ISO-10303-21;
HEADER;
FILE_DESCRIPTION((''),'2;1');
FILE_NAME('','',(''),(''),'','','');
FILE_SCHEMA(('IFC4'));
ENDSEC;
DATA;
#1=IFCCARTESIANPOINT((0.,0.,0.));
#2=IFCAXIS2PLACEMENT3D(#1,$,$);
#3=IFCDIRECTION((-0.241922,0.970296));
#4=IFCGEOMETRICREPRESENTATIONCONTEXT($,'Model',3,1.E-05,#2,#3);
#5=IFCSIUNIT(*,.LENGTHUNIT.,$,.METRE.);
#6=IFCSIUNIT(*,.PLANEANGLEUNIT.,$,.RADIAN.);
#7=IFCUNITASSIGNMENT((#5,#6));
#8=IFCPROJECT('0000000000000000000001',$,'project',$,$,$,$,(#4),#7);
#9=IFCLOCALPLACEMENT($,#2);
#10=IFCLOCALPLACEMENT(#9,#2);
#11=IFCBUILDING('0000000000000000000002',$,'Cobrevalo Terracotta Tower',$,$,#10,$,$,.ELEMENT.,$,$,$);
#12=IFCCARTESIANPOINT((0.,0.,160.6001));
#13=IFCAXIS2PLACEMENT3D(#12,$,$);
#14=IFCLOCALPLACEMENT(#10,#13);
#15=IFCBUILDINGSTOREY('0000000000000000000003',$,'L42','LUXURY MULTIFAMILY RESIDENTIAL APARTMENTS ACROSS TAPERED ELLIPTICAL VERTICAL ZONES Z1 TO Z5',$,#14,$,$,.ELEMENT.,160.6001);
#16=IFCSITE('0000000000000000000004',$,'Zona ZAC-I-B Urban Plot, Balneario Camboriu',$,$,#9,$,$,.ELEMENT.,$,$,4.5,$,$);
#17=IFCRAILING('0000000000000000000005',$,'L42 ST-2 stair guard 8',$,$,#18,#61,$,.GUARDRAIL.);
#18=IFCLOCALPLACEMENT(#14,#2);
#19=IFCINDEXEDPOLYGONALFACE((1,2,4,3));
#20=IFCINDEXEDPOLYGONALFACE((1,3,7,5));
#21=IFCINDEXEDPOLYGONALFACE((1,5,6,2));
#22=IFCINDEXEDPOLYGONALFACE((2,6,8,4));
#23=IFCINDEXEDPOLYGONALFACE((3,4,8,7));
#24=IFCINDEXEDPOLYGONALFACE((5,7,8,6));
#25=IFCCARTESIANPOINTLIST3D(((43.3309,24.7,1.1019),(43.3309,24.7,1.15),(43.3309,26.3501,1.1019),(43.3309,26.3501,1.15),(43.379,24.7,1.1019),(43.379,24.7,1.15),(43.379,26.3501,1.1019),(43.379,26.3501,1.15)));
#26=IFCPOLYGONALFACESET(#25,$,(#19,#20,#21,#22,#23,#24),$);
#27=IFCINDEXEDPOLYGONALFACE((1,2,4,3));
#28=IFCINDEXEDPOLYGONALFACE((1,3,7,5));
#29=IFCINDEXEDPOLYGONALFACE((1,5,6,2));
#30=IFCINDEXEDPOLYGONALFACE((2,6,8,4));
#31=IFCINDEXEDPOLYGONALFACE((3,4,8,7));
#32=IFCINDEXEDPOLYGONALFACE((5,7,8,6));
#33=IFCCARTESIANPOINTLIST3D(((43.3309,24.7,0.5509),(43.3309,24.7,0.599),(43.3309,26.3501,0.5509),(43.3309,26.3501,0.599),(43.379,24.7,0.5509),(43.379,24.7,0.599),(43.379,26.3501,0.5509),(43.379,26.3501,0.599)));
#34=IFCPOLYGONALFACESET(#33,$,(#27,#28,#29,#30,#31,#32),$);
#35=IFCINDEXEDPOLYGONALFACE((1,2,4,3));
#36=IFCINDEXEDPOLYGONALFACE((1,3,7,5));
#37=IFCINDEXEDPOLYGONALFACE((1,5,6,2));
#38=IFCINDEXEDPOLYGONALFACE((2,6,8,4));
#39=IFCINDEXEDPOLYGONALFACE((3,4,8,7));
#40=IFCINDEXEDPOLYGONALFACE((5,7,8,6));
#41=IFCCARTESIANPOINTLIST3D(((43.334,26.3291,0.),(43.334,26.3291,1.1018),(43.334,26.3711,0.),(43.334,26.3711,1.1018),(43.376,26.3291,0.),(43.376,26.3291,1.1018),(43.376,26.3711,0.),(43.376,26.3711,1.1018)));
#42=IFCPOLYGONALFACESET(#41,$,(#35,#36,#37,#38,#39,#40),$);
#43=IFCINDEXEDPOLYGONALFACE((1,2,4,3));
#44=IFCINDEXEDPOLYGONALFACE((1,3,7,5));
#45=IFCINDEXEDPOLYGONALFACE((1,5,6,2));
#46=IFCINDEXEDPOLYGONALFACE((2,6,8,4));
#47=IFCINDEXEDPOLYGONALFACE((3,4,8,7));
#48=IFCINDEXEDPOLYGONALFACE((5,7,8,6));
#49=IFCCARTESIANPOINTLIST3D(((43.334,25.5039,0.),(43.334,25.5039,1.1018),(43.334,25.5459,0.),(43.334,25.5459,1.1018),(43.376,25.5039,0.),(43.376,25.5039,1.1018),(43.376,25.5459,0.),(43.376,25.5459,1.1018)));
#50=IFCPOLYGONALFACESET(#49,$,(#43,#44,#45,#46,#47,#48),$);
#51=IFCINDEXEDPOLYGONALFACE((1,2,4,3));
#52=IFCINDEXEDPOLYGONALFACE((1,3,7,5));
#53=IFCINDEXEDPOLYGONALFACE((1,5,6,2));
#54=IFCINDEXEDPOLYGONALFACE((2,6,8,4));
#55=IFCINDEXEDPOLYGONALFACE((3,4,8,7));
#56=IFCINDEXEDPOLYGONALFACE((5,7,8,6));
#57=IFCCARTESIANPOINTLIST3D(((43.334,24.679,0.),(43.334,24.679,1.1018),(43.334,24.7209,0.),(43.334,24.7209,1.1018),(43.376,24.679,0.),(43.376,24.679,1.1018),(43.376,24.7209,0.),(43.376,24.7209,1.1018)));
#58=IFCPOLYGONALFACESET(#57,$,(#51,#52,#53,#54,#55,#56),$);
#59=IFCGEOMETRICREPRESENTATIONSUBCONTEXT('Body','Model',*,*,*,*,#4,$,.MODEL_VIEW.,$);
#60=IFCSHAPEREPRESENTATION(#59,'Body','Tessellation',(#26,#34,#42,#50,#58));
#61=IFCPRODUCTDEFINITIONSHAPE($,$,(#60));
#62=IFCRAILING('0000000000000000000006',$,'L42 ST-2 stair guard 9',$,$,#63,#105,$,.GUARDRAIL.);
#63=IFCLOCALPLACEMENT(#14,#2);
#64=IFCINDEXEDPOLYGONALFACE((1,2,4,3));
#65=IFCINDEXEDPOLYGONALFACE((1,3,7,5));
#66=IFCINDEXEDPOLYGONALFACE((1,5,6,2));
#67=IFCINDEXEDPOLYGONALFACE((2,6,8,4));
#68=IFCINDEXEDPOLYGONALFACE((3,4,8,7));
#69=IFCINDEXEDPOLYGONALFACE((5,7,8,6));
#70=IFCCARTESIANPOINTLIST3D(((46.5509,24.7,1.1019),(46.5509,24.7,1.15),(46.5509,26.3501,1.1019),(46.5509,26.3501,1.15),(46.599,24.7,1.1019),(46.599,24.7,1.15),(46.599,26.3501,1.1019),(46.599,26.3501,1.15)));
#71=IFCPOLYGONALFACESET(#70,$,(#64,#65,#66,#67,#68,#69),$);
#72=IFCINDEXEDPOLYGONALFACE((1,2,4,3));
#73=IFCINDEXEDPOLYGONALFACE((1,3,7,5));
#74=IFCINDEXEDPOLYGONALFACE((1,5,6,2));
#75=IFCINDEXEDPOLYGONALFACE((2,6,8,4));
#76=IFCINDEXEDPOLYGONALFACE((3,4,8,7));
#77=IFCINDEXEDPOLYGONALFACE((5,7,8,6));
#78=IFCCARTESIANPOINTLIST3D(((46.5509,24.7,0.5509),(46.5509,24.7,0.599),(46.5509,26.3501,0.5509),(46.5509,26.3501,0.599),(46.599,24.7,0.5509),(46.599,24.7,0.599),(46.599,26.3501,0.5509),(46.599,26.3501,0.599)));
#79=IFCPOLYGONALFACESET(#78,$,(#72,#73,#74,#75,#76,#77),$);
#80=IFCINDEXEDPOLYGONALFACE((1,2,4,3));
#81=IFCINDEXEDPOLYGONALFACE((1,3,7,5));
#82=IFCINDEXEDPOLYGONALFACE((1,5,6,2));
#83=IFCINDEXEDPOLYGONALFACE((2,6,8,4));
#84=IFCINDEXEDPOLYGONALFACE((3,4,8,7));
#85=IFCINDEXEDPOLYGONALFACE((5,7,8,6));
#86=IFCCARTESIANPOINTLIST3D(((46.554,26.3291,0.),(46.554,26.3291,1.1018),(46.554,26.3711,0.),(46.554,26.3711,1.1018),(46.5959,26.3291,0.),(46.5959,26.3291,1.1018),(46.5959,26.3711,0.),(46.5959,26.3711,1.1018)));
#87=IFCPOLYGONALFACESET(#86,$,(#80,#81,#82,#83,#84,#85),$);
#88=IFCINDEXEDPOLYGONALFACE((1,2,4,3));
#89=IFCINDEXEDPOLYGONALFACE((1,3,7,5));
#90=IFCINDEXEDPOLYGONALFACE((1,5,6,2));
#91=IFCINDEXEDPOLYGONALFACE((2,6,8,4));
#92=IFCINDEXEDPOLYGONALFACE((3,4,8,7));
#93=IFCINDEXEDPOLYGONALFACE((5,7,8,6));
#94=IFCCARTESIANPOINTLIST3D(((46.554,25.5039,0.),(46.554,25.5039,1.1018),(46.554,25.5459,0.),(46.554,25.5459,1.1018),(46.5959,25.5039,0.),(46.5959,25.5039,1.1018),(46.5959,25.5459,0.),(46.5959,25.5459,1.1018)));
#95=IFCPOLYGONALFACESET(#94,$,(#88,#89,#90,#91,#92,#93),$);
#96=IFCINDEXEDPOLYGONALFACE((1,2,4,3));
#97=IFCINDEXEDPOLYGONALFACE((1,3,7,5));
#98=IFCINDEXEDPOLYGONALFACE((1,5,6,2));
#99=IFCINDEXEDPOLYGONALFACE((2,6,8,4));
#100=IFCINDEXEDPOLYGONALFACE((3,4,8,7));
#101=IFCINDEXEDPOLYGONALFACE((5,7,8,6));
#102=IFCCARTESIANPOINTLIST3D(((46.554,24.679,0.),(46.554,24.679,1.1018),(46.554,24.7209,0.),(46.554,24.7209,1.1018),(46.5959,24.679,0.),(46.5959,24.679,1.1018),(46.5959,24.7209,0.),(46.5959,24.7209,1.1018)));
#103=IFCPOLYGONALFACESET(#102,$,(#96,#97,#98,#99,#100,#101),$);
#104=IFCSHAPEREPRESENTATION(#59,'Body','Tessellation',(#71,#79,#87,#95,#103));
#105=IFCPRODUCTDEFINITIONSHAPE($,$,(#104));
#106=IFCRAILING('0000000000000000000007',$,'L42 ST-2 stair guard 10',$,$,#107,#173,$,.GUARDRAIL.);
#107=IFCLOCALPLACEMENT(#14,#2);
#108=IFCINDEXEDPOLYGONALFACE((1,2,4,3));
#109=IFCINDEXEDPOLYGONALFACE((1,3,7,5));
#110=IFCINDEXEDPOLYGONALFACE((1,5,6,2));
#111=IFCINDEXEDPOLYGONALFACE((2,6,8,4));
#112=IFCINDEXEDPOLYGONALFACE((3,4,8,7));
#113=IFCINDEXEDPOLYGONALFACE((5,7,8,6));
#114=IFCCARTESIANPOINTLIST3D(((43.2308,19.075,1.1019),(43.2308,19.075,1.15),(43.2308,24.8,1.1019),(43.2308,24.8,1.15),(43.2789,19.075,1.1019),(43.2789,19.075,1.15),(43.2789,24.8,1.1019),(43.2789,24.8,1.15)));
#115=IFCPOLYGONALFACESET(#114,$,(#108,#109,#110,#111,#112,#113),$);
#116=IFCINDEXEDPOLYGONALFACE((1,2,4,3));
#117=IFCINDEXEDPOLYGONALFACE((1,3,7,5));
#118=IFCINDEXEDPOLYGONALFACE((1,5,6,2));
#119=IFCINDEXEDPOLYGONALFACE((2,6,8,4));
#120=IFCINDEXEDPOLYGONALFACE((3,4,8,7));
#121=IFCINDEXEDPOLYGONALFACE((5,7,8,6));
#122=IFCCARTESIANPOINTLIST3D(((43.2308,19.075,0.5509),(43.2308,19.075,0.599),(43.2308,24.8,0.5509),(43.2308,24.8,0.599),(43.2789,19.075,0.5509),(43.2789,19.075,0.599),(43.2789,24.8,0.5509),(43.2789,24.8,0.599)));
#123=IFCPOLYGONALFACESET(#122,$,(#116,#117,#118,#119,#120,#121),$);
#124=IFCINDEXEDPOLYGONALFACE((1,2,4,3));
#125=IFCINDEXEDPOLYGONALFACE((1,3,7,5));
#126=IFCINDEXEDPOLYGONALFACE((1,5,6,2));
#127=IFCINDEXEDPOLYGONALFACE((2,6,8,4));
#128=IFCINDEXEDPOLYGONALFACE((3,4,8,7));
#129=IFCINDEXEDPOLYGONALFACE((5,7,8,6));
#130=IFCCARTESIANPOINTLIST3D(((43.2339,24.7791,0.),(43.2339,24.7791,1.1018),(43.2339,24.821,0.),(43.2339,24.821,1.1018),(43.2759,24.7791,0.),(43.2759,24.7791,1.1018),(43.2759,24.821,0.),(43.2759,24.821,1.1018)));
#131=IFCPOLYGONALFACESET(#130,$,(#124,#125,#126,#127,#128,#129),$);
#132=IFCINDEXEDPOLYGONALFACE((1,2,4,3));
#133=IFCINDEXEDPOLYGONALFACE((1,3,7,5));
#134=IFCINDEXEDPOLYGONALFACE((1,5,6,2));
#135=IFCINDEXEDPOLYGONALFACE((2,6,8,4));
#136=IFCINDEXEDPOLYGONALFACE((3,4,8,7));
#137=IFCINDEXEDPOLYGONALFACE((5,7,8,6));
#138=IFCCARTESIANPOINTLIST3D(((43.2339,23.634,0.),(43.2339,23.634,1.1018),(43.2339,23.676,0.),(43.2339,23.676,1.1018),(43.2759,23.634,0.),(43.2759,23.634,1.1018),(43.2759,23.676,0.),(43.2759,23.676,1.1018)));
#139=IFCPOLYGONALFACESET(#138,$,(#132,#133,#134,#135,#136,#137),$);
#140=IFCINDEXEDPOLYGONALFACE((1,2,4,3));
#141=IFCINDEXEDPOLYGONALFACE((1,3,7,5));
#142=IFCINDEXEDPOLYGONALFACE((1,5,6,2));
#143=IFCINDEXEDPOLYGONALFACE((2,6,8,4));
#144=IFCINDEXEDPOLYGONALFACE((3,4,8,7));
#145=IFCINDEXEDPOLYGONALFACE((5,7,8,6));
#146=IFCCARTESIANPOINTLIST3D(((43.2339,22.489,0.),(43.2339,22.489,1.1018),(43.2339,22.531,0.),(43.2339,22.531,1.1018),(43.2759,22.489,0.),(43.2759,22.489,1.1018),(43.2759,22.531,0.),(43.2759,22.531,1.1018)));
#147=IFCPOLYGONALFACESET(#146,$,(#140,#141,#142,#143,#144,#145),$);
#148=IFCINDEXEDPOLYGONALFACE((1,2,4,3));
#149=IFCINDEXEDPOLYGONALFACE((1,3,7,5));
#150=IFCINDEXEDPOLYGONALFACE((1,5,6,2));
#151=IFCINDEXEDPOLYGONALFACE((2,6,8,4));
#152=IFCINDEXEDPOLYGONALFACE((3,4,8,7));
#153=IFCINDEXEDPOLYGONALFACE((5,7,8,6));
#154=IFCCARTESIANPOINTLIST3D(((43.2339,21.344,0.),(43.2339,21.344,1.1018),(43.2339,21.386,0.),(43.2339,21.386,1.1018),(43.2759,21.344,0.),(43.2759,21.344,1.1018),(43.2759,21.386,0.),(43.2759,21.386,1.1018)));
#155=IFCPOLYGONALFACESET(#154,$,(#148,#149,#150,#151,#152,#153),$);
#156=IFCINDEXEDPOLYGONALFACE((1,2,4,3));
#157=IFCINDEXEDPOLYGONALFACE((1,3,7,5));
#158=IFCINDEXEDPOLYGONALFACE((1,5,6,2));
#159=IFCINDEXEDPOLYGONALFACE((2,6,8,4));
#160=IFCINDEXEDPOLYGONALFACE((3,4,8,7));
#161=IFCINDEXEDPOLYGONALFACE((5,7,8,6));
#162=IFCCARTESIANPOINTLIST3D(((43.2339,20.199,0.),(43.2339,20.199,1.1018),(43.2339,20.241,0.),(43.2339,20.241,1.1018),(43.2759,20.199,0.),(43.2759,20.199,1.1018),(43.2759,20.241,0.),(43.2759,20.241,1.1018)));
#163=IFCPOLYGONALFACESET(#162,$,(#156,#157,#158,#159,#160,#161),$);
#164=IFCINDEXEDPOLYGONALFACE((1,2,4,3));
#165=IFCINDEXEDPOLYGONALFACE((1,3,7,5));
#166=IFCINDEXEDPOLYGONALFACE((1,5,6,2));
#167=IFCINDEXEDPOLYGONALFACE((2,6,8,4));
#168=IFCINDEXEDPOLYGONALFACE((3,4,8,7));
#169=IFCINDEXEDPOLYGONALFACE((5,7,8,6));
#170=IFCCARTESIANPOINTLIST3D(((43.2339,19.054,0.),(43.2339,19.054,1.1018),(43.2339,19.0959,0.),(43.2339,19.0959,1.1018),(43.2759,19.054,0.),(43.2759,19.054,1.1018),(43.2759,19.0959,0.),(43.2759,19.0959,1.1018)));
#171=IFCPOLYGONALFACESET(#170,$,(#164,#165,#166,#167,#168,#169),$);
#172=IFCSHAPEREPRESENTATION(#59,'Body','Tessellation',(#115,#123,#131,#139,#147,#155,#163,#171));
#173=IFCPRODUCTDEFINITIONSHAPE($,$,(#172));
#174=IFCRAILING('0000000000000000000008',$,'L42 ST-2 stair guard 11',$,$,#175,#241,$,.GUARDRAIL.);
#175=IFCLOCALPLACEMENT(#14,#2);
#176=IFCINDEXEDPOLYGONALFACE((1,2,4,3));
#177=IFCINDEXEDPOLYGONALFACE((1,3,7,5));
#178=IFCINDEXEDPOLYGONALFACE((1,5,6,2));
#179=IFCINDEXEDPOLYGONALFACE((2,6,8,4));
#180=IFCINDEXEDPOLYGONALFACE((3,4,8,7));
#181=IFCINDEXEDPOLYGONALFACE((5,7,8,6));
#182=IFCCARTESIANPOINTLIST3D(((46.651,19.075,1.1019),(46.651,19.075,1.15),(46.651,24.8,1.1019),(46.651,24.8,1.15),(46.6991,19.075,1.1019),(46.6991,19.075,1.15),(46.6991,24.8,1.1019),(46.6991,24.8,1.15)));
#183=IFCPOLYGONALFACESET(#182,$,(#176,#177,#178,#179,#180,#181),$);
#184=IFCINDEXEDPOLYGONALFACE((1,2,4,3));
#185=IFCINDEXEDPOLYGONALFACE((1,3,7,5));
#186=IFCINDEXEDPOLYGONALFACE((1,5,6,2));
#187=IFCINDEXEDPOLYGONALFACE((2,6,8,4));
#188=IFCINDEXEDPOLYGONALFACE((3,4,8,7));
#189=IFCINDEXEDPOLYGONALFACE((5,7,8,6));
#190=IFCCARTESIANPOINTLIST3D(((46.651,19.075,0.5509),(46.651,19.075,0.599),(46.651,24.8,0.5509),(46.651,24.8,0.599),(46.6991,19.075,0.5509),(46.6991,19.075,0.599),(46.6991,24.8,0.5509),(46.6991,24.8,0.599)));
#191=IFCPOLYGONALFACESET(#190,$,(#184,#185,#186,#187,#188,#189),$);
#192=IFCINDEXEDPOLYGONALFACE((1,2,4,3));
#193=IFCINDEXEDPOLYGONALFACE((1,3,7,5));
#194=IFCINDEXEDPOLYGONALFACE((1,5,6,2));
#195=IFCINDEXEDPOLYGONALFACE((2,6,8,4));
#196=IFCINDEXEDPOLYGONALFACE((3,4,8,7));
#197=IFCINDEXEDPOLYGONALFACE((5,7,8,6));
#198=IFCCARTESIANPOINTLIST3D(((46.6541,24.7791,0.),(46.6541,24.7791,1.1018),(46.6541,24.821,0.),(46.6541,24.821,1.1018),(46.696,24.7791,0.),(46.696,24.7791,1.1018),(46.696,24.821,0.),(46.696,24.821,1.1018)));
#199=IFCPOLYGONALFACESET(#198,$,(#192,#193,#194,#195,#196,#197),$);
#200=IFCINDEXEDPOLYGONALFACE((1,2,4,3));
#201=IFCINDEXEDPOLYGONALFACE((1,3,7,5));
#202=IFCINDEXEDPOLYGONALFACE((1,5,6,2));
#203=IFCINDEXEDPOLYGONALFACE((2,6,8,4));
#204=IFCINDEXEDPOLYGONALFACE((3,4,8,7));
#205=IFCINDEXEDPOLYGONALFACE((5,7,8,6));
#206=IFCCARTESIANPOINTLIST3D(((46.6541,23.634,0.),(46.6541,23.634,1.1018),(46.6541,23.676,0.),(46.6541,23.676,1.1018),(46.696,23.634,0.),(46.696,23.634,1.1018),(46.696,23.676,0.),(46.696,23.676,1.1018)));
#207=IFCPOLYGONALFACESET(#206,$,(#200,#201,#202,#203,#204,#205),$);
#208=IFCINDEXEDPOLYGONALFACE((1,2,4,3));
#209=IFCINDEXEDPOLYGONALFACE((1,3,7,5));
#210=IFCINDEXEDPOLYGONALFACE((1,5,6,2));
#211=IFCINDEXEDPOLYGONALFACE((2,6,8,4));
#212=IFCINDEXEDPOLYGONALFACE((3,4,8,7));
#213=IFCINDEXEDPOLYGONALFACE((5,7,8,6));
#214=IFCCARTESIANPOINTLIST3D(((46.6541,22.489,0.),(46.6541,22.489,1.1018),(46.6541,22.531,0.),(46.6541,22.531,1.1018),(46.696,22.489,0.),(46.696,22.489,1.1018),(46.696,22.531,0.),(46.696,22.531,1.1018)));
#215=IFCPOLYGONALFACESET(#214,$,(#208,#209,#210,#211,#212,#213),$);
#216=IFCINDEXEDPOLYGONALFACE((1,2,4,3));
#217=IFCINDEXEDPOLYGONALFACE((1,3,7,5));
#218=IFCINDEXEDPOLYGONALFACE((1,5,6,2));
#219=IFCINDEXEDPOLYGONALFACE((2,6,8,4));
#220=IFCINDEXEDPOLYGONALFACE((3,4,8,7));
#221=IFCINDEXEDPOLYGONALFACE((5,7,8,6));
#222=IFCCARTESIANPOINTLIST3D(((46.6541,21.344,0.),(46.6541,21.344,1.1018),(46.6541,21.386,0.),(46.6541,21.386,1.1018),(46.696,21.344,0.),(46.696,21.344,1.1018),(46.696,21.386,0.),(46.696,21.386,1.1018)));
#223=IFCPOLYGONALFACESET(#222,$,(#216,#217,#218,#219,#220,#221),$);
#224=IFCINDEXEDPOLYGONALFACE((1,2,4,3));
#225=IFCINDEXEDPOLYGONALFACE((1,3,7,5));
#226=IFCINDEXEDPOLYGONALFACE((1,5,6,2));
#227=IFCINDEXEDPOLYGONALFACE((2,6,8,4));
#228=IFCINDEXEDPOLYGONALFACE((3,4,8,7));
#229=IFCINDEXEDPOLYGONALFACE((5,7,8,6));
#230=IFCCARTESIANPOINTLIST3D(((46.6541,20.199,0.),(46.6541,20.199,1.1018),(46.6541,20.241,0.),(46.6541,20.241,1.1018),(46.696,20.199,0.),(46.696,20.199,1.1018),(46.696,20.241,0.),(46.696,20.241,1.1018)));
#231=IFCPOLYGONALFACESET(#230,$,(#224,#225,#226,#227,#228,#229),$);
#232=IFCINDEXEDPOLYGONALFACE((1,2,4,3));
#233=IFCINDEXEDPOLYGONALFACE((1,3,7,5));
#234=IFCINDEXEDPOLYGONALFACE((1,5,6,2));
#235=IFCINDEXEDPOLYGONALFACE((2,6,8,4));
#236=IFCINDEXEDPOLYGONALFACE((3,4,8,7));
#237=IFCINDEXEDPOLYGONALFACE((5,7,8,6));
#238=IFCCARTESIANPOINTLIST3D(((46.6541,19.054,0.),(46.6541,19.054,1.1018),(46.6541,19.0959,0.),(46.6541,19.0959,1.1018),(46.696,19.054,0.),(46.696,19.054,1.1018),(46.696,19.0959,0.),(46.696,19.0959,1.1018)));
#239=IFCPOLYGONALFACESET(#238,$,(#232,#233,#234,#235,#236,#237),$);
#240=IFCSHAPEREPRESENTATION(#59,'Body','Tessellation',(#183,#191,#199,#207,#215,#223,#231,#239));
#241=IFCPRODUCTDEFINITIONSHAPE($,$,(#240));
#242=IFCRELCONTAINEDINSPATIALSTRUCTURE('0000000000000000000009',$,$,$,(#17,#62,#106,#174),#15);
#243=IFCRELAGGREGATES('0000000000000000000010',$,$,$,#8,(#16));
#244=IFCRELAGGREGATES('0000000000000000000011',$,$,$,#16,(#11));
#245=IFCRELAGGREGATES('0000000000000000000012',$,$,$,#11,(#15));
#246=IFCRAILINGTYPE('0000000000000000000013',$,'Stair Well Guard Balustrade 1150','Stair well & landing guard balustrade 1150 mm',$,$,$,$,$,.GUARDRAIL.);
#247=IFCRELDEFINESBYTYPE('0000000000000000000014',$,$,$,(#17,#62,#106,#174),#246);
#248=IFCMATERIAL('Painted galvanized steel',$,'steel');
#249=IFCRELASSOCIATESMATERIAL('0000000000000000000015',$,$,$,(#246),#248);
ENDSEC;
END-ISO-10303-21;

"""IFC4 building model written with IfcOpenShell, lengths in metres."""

from ifc_helpers import new_model, si_unit, direction, frame, origin, origin_2d, place, context, subcontext, project, spatial, rectangle, extrude, material, type_object, element, save


model = new_model("IFC4")

# Units and contexts
model_context = context("Model", 3, precision=1e-05, world=origin(), true_north=direction((-0.241922, 0.970296)))
body_context = subcontext(model_context, "Body", "Model", "MODEL_VIEW")
ifc_project = project(units=[si_unit("LENGTHUNIT", "METRE"), si_unit("PLANEANGLEUNIT", "RADIAN")], contexts=[model_context])

# Site, building, storey
site_placement = place(None, origin())
site = spatial("IfcSite", under=ifc_project, at=site_placement, Name="Zona ZAC-I-B Urban Plot, Balneario Camboriu", CompositionType="ELEMENT", RefElevation=4.5)
building_placement = place(site_placement, origin())
building = spatial("IfcBuilding", under=site, at=building_placement, Name="Cobrevalo Terracotta Tower", CompositionType="ELEMENT")
storey_placement = place(building_placement, frame((0.0, 0.0, 160.6001)))
storey = spatial("IfcBuildingStorey", under=building, at=storey_placement, Name="L42", Description="LUXURY MULTIFAMILY RESIDENTIAL APARTMENTS ACROSS TAPERED ELLIPTICAL VERTICAL ZONES Z1 TO Z5", CompositionType="ELEMENT", Elevation=160.6001)

# Railings
ifc_material_1 = material(Name="Painted galvanized steel", Category="steel")
railing_type = type_object("IfcRailingType", Name="Stair Well Guard Balustrade 1150", Description="Stair well & landing guard balustrade 1150 mm", PredefinedType="GUARDRAIL", material=ifc_material_1)
for number, where, name in (
    (1, (43.355, 26.3501, 0.0), "L42 ST-2 stair guard 8"),
    (2, (46.575, 26.3501, 0.0), "L42 ST-2 stair guard 9"),
):
    element("IfcRailing", number, at=place(storey_placement, frame(where)), inside=storey, type_object=railing_type, Name=name, PredefinedType="GUARDRAIL", context=body_context, shape_type="SweptSolid", body=[
        extrude(rectangle(XDim=0.0481, YDim=0.0481, at=origin_2d()), frame((0.0, 0.0, 1.126), z_axis=(0.0, -1.0, 0.0), x_axis=(1.0, 0.0, 0.0)), (0.0, 0.0, 1.0), 1.6501),
        extrude(rectangle(XDim=0.0481, YDim=0.0481, at=origin_2d()), frame((0.0, 0.0, 0.575), z_axis=(0.0, -1.0, 0.0), x_axis=(1.0, 0.0, 0.0)), (0.0, 0.0, 1.0), 1.6501),
        extrude(rectangle(XDim=0.042, YDim=0.042, at=origin_2d()), origin(), (0.0, 0.0, 1.0), 1.1018),
        extrude(rectangle(XDim=0.042, YDim=0.042, at=origin_2d()), frame((0.0, -0.8252, 0.0)), (0.0, 0.0, 1.0), 1.1018),
        extrude(rectangle(XDim=0.042, YDim=0.042, at=origin_2d()), frame((0.0, -1.6501, 0.0)), (0.0, 0.0, 1.0), 1.1018),
    ])
for number, where, name in (
    (3, (43.2549, 24.8, 0.0), "L42 ST-2 stair guard 10"),
    (4, (46.675, 24.8, 0.0), "L42 ST-2 stair guard 11"),
):
    element("IfcRailing", number, at=place(storey_placement, frame(where)), inside=storey, type_object=railing_type, Name=name, PredefinedType="GUARDRAIL", context=body_context, shape_type="SweptSolid", body=[
        extrude(rectangle(XDim=0.0481, YDim=0.0481, at=origin_2d()), frame((0.0, 0.0, 1.126), z_axis=(0.0, -1.0, 0.0), x_axis=(1.0, 0.0, 0.0)), (0.0, 0.0, 1.0), 5.7251),
        extrude(rectangle(XDim=0.0481, YDim=0.0481, at=origin_2d()), frame((0.0, 0.0, 0.575), z_axis=(0.0, -1.0, 0.0), x_axis=(1.0, 0.0, 0.0)), (0.0, 0.0, 1.0), 5.7251),
        extrude(rectangle(XDim=0.042, YDim=0.042, at=origin_2d()), origin(), (0.0, 0.0, 1.0), 1.1018),
        extrude(rectangle(XDim=0.042, YDim=0.042, at=origin_2d()), frame((0.0, -1.145, 0.0)), (0.0, 0.0, 1.0), 1.1018),
        extrude(rectangle(XDim=0.042, YDim=0.042, at=origin_2d()), frame((0.0, -2.29, 0.0)), (0.0, 0.0, 1.0), 1.1018),
        extrude(rectangle(XDim=0.042, YDim=0.042, at=origin_2d()), frame((0.0, -3.4351, 0.0)), (0.0, 0.0, 1.0), 1.1018),
        extrude(rectangle(XDim=0.042, YDim=0.042, at=origin_2d()), frame((0.0, -4.5801, 0.0)), (0.0, 0.0, 1.0), 1.1018),
        extrude(rectangle(XDim=0.042, YDim=0.042, at=origin_2d()), frame((0.0, -5.7251, 0.0)), (0.0, 0.0, 1.0), 1.1018),
    ])

save(model, "model.ifc")
